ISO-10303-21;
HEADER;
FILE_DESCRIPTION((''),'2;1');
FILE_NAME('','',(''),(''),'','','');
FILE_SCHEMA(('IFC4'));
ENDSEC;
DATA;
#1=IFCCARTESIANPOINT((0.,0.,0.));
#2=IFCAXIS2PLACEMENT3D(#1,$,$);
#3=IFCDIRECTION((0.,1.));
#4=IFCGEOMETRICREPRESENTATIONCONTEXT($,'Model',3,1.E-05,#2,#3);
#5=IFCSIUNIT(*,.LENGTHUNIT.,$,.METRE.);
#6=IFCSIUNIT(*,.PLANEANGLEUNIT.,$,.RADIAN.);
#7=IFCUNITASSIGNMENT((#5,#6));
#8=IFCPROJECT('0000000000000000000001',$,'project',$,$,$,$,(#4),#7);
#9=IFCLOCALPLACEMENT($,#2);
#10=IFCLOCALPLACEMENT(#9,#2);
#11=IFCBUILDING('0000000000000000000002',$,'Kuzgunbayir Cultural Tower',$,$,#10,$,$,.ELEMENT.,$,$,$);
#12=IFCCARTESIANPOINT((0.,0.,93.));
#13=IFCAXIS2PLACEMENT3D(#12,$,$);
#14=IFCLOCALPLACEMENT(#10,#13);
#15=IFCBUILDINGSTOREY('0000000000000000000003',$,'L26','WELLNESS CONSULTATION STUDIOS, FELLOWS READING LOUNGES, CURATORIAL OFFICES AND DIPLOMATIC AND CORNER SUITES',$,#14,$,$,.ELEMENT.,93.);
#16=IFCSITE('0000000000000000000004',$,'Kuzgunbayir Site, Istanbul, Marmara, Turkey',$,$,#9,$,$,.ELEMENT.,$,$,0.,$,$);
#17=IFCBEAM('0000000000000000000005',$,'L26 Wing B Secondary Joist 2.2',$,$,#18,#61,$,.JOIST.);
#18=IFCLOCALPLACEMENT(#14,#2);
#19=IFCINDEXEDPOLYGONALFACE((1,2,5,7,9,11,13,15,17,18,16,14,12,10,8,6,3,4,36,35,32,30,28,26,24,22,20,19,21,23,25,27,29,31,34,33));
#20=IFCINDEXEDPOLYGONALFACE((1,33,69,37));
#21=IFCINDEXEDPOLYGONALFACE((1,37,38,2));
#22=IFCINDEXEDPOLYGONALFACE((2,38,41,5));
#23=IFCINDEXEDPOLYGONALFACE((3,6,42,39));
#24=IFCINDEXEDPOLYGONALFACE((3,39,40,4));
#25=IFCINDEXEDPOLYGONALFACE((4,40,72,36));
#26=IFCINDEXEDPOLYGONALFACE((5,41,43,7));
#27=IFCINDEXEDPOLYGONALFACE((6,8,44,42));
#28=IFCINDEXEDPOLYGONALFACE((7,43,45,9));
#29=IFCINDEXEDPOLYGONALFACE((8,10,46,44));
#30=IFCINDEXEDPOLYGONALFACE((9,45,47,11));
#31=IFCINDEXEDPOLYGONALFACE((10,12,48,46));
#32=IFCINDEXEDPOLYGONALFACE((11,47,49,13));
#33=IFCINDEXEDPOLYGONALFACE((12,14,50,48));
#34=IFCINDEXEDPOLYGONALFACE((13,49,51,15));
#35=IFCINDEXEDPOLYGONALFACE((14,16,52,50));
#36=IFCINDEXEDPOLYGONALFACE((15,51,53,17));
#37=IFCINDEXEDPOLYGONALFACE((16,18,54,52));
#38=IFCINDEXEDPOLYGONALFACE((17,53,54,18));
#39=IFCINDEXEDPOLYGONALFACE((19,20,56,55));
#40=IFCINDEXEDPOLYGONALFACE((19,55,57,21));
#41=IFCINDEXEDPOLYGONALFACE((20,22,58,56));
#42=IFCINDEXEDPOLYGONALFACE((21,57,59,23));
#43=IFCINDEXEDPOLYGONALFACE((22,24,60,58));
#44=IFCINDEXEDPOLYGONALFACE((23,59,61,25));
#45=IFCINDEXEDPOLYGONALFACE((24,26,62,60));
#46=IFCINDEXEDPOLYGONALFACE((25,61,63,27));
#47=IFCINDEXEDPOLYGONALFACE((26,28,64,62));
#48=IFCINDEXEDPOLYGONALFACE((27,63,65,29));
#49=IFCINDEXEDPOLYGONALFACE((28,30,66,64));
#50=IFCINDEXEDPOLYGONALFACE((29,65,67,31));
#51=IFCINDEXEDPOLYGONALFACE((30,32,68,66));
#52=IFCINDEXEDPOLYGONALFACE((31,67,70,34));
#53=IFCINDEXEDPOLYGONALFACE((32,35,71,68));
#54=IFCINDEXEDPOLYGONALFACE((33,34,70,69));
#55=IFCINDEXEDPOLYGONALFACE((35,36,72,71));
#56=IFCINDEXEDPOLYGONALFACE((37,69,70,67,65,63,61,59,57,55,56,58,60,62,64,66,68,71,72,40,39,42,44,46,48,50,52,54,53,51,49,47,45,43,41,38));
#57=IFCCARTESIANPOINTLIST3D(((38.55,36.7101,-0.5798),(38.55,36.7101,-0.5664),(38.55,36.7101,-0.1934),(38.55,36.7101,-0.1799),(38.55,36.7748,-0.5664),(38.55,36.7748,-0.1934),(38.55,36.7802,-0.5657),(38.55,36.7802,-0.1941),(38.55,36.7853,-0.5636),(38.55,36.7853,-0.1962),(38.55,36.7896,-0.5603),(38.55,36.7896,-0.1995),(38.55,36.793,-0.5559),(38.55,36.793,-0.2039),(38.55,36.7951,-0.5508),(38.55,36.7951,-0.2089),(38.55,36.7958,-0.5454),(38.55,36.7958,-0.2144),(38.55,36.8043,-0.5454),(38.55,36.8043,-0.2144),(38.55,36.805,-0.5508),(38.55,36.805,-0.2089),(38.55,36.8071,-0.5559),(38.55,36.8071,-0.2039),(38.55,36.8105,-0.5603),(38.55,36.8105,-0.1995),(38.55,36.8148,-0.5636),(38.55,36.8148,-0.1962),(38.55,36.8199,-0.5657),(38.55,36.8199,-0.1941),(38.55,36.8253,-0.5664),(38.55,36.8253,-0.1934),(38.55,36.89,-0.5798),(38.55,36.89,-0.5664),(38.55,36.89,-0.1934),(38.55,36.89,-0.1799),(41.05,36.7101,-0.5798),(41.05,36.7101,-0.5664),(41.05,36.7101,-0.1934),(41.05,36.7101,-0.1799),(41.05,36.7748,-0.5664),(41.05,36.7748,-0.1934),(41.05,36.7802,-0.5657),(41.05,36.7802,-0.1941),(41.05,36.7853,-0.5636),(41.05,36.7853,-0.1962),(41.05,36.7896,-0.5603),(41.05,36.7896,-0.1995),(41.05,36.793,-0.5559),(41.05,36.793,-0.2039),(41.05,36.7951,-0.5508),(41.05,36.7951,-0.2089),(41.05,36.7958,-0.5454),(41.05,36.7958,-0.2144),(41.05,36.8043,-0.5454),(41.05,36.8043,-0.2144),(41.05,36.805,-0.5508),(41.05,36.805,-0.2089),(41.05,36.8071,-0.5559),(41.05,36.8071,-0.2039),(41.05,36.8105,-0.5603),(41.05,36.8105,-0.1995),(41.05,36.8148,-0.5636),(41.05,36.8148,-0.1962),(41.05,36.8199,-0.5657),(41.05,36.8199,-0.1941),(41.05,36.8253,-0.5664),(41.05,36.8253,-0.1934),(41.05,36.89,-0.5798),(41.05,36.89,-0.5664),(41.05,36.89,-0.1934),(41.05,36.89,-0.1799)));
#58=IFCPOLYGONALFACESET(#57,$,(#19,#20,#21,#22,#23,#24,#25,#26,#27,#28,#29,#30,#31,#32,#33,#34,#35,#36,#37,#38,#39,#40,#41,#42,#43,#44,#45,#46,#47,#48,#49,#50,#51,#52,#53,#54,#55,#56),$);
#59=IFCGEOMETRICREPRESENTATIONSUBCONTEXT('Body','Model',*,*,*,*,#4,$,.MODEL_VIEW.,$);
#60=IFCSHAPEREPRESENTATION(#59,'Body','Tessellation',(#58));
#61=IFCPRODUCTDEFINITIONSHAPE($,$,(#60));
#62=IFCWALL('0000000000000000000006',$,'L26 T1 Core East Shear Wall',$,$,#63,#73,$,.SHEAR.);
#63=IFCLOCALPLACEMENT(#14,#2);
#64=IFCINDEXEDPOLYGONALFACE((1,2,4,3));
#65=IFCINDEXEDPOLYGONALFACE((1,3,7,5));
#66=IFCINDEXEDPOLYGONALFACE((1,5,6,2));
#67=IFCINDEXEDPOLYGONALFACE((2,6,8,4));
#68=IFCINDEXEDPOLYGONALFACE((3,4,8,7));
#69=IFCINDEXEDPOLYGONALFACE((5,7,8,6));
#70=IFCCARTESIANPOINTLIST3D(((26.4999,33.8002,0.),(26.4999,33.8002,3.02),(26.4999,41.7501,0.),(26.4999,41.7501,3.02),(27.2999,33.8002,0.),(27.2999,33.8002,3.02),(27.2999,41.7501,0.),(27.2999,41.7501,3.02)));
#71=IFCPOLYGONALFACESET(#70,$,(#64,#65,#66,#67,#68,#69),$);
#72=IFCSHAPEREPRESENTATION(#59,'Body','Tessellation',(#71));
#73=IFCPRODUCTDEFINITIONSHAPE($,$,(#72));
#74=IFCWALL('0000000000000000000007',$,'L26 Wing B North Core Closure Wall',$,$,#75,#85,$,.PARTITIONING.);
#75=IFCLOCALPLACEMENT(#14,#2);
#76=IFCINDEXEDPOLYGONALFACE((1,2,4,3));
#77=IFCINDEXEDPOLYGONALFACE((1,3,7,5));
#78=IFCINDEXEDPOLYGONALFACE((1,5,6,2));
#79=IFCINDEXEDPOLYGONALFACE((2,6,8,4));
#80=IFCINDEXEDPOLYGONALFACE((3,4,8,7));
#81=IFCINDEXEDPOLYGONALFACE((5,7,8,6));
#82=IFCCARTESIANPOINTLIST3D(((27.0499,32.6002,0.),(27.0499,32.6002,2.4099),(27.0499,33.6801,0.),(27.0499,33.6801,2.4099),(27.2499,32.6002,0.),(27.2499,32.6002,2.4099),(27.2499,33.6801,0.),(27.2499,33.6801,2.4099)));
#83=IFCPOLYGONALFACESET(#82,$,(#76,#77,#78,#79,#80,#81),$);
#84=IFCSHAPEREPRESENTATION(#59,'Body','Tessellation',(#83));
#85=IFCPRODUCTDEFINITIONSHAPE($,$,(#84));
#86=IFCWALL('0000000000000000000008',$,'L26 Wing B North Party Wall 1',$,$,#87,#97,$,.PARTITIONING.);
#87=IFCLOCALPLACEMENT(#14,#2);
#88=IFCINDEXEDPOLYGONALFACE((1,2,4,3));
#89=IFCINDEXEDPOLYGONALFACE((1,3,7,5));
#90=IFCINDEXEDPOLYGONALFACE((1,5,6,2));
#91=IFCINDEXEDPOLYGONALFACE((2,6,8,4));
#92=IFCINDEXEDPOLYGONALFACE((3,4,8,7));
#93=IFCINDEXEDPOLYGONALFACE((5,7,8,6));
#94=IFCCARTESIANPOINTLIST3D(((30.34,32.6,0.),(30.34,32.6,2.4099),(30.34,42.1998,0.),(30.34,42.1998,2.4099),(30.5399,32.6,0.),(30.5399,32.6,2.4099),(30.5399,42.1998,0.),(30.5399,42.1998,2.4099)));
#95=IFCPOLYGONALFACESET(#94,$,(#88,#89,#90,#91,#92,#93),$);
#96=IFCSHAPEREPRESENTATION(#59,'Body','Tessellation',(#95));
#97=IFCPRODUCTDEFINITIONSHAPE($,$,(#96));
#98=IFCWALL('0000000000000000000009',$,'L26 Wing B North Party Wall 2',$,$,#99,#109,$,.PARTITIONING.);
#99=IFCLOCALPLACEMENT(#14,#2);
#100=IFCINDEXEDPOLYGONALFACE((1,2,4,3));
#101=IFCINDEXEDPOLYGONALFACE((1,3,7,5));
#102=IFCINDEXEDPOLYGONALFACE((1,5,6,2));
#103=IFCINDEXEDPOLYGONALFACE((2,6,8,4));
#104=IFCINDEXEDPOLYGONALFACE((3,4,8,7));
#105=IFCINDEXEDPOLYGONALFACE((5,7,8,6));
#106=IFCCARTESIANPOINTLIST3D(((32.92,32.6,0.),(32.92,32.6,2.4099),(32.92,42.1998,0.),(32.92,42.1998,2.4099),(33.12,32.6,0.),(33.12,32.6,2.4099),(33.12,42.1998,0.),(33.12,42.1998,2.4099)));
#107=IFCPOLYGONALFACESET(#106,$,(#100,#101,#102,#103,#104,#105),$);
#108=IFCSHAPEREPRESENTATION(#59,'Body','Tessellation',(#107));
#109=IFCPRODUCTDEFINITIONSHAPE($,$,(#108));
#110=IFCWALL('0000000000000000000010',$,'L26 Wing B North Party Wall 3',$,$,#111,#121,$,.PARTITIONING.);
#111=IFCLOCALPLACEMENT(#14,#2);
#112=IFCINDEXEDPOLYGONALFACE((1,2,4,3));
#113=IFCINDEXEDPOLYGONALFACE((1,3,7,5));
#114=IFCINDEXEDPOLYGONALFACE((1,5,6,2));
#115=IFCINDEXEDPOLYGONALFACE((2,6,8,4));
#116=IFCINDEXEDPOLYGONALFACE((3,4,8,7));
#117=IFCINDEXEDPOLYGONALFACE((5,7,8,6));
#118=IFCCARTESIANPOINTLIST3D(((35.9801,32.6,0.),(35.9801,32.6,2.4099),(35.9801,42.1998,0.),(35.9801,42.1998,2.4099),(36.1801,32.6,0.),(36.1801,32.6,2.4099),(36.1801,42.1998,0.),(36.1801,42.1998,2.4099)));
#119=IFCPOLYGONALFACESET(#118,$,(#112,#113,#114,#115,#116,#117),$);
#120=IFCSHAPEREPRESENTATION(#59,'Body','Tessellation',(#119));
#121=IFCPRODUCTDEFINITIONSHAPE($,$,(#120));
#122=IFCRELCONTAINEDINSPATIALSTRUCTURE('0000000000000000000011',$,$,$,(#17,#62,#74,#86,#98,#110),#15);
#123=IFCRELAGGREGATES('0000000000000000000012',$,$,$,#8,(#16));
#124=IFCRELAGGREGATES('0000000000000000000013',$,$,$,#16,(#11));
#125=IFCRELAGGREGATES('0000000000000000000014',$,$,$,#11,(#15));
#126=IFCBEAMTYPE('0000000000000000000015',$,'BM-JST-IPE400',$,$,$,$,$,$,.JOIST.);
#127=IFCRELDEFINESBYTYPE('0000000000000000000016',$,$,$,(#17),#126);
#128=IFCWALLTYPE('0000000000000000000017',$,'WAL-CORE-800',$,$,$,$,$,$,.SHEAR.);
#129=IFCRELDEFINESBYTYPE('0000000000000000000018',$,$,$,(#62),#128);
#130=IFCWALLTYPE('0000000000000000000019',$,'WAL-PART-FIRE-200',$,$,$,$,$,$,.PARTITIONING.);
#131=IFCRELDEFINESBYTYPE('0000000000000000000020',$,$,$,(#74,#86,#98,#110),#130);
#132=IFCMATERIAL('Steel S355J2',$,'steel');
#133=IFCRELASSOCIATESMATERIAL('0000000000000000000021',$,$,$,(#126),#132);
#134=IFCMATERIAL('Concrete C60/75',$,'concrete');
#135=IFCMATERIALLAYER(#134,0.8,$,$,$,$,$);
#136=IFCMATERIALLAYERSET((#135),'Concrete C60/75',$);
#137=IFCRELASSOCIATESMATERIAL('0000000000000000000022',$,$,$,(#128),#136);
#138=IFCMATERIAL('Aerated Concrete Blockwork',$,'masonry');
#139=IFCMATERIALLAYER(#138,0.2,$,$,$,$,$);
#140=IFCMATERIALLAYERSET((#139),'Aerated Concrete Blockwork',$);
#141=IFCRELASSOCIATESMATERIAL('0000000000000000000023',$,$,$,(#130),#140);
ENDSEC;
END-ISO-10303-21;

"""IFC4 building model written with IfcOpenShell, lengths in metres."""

from ifc_helpers import new_model, si_unit, direction, frame, frame_2d, origin, origin_2d, place, context, subcontext, project, spatial, rectangle, i_section, extrude, material, layer, layer_set, material_profile, profile_set, type_object, element, save


model = new_model("IFC4")

# Units and contexts
model_context = context("Model", 3, precision=1e-05, world=origin(), true_north=direction((0.0, 1.0)))
body_context = subcontext(model_context, "Body", "Model", "MODEL_VIEW")
ifc_project = project(units=[si_unit("LENGTHUNIT", "METRE"), si_unit("PLANEANGLEUNIT", "RADIAN")], contexts=[model_context])

# Site, building, storey
site_placement = place(None, origin())
site = spatial("IfcSite", under=ifc_project, at=site_placement, Name="Kuzgunbayir Site, Istanbul, Marmara, Turkey", CompositionType="ELEMENT", RefElevation=0.0)
building_placement = place(site_placement, origin())
building = spatial("IfcBuilding", under=site, at=building_placement, Name="Kuzgunbayir Cultural Tower", CompositionType="ELEMENT")
storey_placement = place(building_placement, frame((0.0, 0.0, 93.0)))
storey = spatial("IfcBuildingStorey", under=building, at=storey_placement, Name="L26", Description="WELLNESS CONSULTATION STUDIOS, FELLOWS READING LOUNGES, CURATORIAL OFFICES AND DIPLOMATIC AND CORNER SUITES", CompositionType="ELEMENT", Elevation=93.0)

# Shared definitions
ifc_material_1 = material(Name="Concrete C60/75", Category="concrete")

# Beam
ifc_material_2 = material(Name="Steel S355J2", Category="steel")
ifc_material_profile_1 = material_profile(ifc_material_2, i_section(OverallWidth=0.1799, OverallDepth=0.3999, WebThickness=0.0085, FlangeThickness=0.0134, FilletRadius=0.021, at=origin_2d()), Name="IPE 400")
ifc_profile_set_1 = profile_set([ifc_material_profile_1], Name="Steel S355J2")
beam_type_1 = type_object("IfcBeamType", Name="BM-JST-IPE400", PredefinedType="JOIST", material=ifc_profile_set_1)
for number, where, z_axis, x_axis, name in (
    (1, (38.55, 36.8, -0.3799), (1.0, 0.0, 0.0), (0.0, 1.0, 0.0), "L26 Wing B Secondary Joist 2.2"),
):
    element("IfcBeam", number, at=place(storey_placement, frame(where, z_axis=z_axis, x_axis=x_axis)), inside=storey, type_object=beam_type_1, Name=name, PredefinedType="JOIST", context=body_context, shape_type="SweptSolid", body=[
        extrude(i_section(OverallWidth=0.1799, OverallDepth=0.3999, WebThickness=0.0085, FlangeThickness=0.0134, FilletRadius=0.021, at=origin_2d()), origin(), (0.0, 0.0, 1.0), 2.5),
    ])

# Wall
ifc_layer_1 = layer(ifc_material_1, 0.8)
ifc_layer_set_1 = layer_set([ifc_layer_1], Name="Concrete C60/75")
wall_type_1 = type_object("IfcWallType", Name="WAL-CORE-800", PredefinedType="SHEAR", material=ifc_layer_set_1)
wall_1_placement = place(storey_placement, frame((26.8999, 33.8, 0.0), z_axis=(0.0, 0.0, 1.0), x_axis=(0.0, 1.0, 0.0)))
element("IfcWall", 2, at=wall_1_placement, inside=storey, type_object=wall_type_1, Name="L26 T1 Core East Shear Wall", PredefinedType="SHEAR", context=body_context, shape_type="SweptSolid", body=[
    extrude(rectangle(XDim=7.95, YDim=0.8, at=frame_2d((3.9751, 0.0))), origin(), (0.0, 0.0, 1.0), 3.02),
])

# Shared definitions
ifc_material_3 = material(Name="Aerated Concrete Blockwork", Category="masonry")
ifc_layer_2 = layer(ifc_material_3, 0.2)
ifc_layer_set_2 = layer_set([ifc_layer_2], Name="Aerated Concrete Blockwork")
wall_type_2 = type_object("IfcWallType", Name="WAL-PART-FIRE-200", PredefinedType="PARTITIONING", material=ifc_layer_set_2)

# Walls
wall_2_placement = place(storey_placement, frame((27.1499, 32.6001, 0.0), z_axis=(0.0, 0.0, 1.0), x_axis=(0.0, 1.0, 0.0)))
element("IfcWall", 3, at=wall_2_placement, inside=storey, type_object=wall_type_2, Name="L26 Wing B North Core Closure Wall", PredefinedType="PARTITIONING", context=body_context, shape_type="SweptSolid", body=[
    extrude(rectangle(XDim=1.0798, YDim=0.2, at=frame_2d((0.54, 0.0))), origin(), (0.0, 0.0, 1.0), 2.4099),
])
for number, where, z_axis, x_axis, name in (
    (4, (30.4399, 32.6001, 0.0), (0.0, 0.0, 1.0), (0.0, 1.0, 0.0), "L26 Wing B North Party Wall 1"),
    (5, (33.02, 32.6001, 0.0), (0.0, 0.0, 1.0), (0.0, 1.0, 0.0), "L26 Wing B North Party Wall 2"),
    (6, (36.0801, 32.6001, 0.0), (0.0, 0.0, 1.0), (0.0, 1.0, 0.0), "L26 Wing B North Party Wall 3"),
):
    element("IfcWall", number, at=place(storey_placement, frame(where, z_axis=z_axis, x_axis=x_axis)), inside=storey, type_object=wall_type_2, Name=name, PredefinedType="PARTITIONING", context=body_context, shape_type="SweptSolid", body=[
        extrude(rectangle(XDim=9.5999, YDim=0.2, at=frame_2d((4.7998, 0.0))), origin(), (0.0, 0.0, 1.0), 2.4099),
    ])

save(model, "model.ifc")
